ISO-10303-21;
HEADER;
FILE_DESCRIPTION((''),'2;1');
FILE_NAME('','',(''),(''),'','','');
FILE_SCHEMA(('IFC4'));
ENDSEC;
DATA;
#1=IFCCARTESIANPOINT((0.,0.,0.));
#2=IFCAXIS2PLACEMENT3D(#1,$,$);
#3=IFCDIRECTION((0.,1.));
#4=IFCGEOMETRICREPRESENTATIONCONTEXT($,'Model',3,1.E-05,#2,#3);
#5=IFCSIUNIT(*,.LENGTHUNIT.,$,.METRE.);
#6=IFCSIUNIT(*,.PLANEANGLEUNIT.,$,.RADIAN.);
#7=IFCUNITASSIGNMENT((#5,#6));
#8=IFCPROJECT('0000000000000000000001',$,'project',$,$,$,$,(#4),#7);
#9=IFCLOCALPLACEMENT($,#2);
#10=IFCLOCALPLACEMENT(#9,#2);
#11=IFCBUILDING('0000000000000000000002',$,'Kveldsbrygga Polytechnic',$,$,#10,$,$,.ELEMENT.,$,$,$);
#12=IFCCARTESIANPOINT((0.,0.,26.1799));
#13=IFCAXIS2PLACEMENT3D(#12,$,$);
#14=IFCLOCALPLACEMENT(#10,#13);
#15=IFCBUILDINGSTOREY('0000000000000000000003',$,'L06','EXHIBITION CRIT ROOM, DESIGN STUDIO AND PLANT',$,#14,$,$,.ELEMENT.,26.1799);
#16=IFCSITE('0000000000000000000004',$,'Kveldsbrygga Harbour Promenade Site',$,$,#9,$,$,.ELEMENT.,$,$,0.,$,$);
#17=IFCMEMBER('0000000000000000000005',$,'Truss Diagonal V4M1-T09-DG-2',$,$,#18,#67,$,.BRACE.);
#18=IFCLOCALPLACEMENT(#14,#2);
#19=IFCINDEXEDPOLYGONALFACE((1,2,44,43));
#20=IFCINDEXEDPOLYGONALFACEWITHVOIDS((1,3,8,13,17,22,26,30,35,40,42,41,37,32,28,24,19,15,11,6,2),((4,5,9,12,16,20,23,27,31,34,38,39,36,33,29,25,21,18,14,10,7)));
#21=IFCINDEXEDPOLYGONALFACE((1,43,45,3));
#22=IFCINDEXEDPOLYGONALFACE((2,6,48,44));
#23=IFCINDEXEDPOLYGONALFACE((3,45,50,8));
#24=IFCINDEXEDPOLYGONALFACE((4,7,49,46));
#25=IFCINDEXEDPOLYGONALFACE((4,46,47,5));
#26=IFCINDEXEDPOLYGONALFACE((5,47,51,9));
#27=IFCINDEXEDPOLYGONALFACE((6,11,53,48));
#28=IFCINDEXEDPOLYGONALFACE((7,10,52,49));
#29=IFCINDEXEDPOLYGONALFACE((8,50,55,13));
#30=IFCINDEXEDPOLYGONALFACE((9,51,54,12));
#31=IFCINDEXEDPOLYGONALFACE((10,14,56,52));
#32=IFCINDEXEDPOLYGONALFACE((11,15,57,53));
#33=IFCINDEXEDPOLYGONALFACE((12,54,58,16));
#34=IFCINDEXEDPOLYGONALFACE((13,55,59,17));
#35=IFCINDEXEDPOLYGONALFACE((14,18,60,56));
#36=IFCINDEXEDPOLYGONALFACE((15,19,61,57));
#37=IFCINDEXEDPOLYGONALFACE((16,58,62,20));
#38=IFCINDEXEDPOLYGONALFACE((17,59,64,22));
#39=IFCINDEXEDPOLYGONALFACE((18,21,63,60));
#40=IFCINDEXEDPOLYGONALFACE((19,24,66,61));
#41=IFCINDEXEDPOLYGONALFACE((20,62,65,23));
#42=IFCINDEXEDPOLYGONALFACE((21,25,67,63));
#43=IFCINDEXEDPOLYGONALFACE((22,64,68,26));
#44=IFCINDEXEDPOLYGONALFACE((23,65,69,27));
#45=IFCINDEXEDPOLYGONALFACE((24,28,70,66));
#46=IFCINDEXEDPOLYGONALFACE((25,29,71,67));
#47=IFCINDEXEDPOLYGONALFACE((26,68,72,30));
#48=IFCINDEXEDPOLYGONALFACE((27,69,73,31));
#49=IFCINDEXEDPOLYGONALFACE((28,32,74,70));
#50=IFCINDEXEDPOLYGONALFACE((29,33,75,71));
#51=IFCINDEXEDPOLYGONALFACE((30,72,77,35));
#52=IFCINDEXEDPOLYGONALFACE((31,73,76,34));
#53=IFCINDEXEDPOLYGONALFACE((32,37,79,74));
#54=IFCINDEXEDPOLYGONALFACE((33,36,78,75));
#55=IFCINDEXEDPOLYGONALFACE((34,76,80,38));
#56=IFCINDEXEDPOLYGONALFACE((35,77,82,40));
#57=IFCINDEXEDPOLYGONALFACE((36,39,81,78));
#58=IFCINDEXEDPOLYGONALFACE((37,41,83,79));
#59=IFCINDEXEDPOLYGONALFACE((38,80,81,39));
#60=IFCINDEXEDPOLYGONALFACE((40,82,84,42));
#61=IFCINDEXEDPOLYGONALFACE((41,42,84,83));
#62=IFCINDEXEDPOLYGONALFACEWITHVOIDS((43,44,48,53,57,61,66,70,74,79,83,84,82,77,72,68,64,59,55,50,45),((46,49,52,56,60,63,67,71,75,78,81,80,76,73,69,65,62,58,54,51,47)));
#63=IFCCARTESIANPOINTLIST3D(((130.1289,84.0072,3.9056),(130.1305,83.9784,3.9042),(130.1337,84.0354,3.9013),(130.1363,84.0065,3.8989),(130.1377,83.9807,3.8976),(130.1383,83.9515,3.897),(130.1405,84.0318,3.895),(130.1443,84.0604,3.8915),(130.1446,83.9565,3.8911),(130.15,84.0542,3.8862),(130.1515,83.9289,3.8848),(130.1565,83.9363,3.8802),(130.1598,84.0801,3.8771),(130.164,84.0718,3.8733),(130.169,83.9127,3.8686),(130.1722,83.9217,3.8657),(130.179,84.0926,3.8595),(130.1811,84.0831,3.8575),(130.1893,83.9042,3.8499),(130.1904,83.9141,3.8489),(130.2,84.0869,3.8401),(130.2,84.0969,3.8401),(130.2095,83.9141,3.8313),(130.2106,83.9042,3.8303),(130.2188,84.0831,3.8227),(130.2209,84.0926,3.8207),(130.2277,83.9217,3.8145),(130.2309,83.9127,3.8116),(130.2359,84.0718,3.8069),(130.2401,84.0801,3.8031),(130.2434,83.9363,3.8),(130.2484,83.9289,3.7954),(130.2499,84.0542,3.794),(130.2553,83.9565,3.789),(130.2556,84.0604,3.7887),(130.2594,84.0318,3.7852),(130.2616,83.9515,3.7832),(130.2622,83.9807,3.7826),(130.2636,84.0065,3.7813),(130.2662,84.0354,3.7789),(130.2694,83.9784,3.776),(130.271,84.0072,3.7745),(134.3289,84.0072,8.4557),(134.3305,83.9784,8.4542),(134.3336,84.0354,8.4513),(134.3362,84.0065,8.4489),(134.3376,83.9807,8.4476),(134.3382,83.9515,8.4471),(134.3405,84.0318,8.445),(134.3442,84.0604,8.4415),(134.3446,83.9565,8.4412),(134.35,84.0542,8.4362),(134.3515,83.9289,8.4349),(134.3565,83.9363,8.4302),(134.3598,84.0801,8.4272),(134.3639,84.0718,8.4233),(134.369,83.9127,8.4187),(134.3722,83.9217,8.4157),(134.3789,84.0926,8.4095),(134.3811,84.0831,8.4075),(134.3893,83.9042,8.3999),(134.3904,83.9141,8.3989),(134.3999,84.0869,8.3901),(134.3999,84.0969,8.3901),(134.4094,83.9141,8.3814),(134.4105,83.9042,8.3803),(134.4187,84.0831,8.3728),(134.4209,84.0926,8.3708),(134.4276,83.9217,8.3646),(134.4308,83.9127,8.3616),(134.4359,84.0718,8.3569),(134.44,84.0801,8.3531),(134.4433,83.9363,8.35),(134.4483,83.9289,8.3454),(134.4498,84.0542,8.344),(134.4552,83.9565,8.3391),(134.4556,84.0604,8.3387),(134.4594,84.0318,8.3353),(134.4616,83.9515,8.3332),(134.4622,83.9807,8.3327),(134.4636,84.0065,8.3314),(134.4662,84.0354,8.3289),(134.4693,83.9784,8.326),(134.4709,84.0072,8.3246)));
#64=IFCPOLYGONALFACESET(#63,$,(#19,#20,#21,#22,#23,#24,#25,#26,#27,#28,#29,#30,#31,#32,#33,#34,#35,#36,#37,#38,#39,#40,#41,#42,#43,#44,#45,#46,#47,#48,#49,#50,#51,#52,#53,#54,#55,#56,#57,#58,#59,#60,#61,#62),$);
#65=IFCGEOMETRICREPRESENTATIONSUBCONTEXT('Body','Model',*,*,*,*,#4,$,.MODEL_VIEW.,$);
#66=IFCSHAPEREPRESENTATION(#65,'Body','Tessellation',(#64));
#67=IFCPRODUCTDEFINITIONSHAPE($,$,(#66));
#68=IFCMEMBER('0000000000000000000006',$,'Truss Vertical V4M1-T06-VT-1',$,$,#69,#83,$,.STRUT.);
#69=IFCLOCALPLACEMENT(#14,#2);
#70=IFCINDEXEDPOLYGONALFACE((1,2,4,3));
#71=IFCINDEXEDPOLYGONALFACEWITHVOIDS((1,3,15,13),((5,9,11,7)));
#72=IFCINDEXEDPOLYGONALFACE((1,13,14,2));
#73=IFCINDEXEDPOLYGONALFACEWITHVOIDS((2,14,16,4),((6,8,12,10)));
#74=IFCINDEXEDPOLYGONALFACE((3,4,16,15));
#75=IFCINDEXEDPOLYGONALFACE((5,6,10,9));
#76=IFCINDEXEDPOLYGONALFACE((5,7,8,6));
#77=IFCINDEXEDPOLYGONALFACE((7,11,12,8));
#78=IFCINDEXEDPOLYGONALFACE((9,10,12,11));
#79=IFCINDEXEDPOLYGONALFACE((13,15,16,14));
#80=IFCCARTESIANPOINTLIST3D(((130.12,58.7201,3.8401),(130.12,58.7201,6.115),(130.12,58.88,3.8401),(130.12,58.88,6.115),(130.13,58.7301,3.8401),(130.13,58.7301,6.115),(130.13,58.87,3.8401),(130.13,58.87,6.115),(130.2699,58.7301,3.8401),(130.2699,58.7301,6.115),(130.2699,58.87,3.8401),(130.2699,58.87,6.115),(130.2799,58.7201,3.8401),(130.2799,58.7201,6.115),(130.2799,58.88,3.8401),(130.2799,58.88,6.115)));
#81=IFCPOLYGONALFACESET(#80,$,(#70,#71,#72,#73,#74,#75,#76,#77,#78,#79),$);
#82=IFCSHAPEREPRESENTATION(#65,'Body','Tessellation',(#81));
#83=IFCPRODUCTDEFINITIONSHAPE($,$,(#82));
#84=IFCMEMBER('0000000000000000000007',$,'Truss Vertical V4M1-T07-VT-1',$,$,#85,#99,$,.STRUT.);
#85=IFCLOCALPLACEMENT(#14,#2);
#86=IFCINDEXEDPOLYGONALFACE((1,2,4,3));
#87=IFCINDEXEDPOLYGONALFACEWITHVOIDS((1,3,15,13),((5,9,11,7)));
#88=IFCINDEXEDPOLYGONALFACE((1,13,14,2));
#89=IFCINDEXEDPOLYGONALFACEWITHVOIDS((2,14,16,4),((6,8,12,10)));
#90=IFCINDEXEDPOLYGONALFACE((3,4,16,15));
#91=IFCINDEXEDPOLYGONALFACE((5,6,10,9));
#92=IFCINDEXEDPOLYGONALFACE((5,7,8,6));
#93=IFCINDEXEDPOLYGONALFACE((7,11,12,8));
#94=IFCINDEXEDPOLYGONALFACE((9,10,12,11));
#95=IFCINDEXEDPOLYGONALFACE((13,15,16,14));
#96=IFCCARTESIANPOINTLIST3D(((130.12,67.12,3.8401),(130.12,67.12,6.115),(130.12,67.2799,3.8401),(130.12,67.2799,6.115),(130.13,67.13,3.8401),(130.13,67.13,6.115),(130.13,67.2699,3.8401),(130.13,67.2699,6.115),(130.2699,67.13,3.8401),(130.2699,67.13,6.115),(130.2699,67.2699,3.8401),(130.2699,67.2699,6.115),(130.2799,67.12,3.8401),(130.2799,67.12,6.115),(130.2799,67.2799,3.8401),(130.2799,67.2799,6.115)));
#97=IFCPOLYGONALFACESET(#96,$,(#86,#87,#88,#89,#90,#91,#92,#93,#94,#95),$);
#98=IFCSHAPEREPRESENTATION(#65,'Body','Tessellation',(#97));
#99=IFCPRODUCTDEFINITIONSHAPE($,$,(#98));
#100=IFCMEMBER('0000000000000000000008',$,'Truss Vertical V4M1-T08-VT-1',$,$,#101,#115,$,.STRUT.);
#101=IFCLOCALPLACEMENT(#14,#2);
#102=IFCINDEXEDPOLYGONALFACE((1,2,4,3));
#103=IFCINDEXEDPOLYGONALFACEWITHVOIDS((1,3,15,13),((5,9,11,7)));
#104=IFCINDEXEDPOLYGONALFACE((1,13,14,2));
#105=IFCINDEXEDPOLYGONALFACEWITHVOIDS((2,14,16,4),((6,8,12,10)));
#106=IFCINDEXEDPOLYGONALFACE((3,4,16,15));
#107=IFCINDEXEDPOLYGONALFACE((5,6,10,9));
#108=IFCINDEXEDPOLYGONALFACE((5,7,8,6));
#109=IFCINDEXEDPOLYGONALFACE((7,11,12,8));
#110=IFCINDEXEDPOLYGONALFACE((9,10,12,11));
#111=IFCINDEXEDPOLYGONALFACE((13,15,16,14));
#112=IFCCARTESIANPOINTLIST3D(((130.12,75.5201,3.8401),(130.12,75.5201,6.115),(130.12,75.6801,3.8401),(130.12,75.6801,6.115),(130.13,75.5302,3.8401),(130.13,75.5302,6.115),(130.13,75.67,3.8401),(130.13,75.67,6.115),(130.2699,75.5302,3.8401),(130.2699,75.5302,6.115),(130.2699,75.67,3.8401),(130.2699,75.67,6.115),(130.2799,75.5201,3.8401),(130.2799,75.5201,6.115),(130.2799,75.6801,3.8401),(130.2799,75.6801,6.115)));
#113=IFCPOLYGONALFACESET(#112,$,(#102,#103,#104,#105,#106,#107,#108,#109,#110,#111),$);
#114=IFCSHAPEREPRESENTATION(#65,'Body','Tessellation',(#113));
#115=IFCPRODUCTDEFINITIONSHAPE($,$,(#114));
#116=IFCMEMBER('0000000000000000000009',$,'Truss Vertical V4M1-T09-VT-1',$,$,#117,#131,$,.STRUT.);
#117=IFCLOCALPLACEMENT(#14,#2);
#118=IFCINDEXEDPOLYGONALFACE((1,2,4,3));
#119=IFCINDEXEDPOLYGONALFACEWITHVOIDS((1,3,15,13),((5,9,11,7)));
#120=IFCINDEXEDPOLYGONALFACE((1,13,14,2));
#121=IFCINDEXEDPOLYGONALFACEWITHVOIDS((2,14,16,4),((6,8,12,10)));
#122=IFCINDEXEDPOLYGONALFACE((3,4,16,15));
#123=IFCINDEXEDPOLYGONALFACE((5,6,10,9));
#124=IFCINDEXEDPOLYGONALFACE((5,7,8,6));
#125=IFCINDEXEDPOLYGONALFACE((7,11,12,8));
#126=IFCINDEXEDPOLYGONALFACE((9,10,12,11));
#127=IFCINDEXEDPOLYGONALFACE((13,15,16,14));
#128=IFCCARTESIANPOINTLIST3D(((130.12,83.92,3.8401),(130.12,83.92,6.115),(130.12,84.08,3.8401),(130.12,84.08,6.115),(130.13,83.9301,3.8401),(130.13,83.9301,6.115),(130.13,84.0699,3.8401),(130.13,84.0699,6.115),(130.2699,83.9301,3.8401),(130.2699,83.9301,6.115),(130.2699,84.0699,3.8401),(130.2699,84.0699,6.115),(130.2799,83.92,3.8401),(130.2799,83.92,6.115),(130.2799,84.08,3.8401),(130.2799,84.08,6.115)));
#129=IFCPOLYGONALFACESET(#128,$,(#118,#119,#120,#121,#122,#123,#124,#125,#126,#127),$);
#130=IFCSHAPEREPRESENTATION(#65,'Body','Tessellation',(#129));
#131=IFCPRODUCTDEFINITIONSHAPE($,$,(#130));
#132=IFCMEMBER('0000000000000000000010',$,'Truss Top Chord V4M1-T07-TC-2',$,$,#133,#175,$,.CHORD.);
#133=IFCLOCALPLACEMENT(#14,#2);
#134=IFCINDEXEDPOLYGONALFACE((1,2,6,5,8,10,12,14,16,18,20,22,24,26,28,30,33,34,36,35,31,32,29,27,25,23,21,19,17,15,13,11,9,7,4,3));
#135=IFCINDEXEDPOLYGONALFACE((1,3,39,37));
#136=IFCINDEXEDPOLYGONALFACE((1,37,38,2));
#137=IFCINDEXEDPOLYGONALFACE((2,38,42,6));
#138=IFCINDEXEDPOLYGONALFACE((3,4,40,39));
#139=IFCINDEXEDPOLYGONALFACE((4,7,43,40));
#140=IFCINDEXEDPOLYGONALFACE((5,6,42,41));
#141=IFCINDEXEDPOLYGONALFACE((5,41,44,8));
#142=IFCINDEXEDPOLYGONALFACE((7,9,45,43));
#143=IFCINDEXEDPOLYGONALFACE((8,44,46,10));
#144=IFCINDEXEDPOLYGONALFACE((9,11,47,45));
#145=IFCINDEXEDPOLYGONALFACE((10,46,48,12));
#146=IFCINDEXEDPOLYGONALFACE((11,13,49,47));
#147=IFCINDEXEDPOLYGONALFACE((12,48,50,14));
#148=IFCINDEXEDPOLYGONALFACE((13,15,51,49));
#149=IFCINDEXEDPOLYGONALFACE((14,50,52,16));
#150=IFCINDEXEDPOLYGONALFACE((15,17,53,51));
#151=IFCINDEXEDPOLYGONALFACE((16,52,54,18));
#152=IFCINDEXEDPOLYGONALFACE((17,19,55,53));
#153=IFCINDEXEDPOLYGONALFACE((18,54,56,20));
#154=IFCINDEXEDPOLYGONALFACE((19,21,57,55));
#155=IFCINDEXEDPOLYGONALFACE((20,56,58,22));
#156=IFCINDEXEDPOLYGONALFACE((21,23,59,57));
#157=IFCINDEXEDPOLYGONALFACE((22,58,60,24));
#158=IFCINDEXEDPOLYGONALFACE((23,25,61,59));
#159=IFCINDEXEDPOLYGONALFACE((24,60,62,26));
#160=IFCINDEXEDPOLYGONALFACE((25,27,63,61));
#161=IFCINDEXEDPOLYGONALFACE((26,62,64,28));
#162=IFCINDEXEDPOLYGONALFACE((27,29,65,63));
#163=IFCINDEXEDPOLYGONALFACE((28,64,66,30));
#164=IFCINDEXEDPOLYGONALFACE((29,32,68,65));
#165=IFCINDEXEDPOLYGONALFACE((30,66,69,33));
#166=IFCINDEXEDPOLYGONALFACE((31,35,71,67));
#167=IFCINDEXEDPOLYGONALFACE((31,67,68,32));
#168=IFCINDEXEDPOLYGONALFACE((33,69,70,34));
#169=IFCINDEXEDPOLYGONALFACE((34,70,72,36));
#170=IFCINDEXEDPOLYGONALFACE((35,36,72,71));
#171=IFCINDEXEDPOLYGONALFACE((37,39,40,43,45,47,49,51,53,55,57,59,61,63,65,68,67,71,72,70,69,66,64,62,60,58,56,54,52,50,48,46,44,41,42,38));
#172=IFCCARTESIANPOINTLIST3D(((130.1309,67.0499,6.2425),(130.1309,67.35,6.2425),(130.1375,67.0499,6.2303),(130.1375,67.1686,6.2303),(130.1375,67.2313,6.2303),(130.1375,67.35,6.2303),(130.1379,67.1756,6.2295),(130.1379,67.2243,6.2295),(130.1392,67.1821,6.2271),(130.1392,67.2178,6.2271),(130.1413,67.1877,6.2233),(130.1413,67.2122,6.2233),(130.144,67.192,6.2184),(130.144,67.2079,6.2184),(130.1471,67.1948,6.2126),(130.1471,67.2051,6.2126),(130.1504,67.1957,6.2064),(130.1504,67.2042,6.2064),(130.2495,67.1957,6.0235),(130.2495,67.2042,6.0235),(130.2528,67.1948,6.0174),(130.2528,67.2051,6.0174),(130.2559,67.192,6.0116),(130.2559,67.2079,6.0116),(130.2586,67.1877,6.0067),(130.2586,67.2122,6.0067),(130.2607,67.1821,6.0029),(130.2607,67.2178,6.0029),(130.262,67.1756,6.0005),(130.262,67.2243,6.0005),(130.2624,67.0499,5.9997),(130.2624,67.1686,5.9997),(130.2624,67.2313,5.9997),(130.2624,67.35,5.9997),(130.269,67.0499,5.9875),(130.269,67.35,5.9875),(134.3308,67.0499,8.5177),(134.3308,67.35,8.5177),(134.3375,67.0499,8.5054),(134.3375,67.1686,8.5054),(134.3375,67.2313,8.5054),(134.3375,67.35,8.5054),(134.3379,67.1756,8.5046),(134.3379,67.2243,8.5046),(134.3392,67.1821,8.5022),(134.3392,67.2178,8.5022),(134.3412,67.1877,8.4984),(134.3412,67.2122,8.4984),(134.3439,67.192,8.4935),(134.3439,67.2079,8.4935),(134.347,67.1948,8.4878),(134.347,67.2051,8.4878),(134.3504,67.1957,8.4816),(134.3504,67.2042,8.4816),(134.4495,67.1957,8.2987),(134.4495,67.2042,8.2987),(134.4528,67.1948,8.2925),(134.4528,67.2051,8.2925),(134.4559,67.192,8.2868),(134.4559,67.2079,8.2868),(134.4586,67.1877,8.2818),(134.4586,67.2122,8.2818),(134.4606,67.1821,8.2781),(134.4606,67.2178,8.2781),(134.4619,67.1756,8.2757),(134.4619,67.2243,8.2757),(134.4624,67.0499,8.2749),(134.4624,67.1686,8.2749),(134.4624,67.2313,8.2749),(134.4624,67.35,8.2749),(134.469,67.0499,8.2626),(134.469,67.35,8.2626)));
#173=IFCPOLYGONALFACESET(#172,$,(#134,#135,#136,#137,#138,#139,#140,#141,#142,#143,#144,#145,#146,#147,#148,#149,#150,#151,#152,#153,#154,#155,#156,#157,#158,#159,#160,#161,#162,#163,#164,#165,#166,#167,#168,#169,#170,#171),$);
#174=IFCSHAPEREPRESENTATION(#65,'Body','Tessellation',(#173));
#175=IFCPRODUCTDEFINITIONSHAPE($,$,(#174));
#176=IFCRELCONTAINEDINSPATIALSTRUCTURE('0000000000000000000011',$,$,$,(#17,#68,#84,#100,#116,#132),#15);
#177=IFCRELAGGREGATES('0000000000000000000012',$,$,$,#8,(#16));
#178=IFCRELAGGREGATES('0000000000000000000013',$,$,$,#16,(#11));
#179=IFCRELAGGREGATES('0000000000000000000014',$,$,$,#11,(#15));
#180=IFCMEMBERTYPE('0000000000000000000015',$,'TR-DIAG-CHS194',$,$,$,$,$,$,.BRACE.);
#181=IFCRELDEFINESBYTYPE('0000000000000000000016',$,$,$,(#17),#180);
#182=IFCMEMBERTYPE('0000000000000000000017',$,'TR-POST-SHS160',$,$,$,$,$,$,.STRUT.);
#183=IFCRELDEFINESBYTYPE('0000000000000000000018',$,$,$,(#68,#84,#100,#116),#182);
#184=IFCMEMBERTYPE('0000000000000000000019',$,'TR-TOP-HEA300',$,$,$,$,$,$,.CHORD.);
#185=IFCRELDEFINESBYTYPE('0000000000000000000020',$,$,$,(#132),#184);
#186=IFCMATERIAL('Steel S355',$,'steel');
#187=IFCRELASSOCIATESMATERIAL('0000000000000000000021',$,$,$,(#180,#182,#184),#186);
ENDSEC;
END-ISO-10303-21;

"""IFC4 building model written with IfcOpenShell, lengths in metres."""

from ifc_helpers import new_model, si_unit, direction, frame, origin, origin_2d, place, context, subcontext, project, spatial, hollow_rectangle, hollow_circle, i_section, extrude, material, material_profile, profile_set, type_object, element, save


model = new_model("IFC4")

# Units and contexts
model_context = context("Model", 3, precision=1e-05, world=origin(), true_north=direction((0.0, 1.0)))
body_context = subcontext(model_context, "Body", "Model", "MODEL_VIEW")
ifc_project = project(units=[si_unit("LENGTHUNIT", "METRE"), si_unit("PLANEANGLEUNIT", "RADIAN")], contexts=[model_context])

# Site, building, storey
site_placement = place(None, origin())
site = spatial("IfcSite", under=ifc_project, at=site_placement, Name="Kveldsbrygga Harbour Promenade Site", CompositionType="ELEMENT", RefElevation=0.0)
building_placement = place(site_placement, origin())
building = spatial("IfcBuilding", under=site, at=building_placement, Name="Kveldsbrygga Polytechnic", CompositionType="ELEMENT")
storey_placement = place(building_placement, frame((0.0, 0.0, 26.1799)))
storey = spatial("IfcBuildingStorey", under=building, at=storey_placement, Name="L06", Description="EXHIBITION CRIT ROOM, DESIGN STUDIO AND PLANT", CompositionType="ELEMENT", Elevation=26.1799)

# Members
ifc_material_1 = material(Name="Steel S355", Category="steel")
ifc_material_profile_1 = material_profile(ifc_material_1, hollow_circle(Radius=0.0969, WallThickness=0.01, at=origin_2d()), Name="CHS 193.7x10.0")
ifc_profile_set_1 = profile_set([ifc_material_profile_1], Name="Steel S355")
member_type_1 = type_object("IfcMemberType", Name="TR-DIAG-CHS194", PredefinedType="BRACE", material=ifc_profile_set_1)
for number, where, z_axis, x_axis, name in (
    (1, (130.2, 84.0, 3.8401), (0.678272, 0.0, 0.734811), (0.0, 1.0, 0.0), "Truss Diagonal V4M1-T09-DG-2"),
):
    element("IfcMember", number, at=place(storey_placement, frame(where, z_axis=z_axis, x_axis=x_axis)), inside=storey, type_object=member_type_1, Name=name, PredefinedType="BRACE", context=body_context, shape_type="SweptSolid", body=[
        extrude(hollow_circle(Radius=0.0969, WallThickness=0.01, at=origin_2d()), origin(), (0.0, 0.0, 1.0), 6.1921),
    ])
ifc_material_profile_2 = material_profile(ifc_material_1, hollow_rectangle(XDim=0.1599, YDim=0.1599, WallThickness=0.01, at=origin_2d()), Name="SHS 160x160x10.0")
ifc_profile_set_2 = profile_set([ifc_material_profile_2], Name="Steel S355")
member_type_2 = type_object("IfcMemberType", Name="TR-POST-SHS160", PredefinedType="STRUT", material=ifc_profile_set_2)
for number, where, z_axis, x_axis, name in (
    (2, (130.2, 58.8, 3.8401), (0.0, 0.0, 1.0), (1.0, 0.0, 0.0), "Truss Vertical V4M1-T06-VT-1"),
    (3, (130.2, 67.2, 3.8401), (0.0, 0.0, 1.0), (1.0, 0.0, 0.0), "Truss Vertical V4M1-T07-VT-1"),
    (4, (130.2, 75.6001, 3.8401), (0.0, 0.0, 1.0), (1.0, 0.0, 0.0), "Truss Vertical V4M1-T08-VT-1"),
    (5, (130.2, 84.0, 3.8401), (0.0, 0.0, 1.0), (1.0, 0.0, 0.0), "Truss Vertical V4M1-T09-VT-1"),
):
    element("IfcMember", number, at=place(storey_placement, frame(where, z_axis=z_axis, x_axis=x_axis)), inside=storey, type_object=member_type_2, Name=name, PredefinedType="STRUT", context=body_context, shape_type="SweptSolid", body=[
        extrude(hollow_rectangle(XDim=0.1599, YDim=0.1599, WallThickness=0.01, at=origin_2d()), origin(), (0.0, 0.0, 1.0), 2.2749),
    ])
ifc_material_profile_3 = material_profile(ifc_material_1, i_section(OverallWidth=0.3, OverallDepth=0.29, WebThickness=0.0085, FlangeThickness=0.0139, FilletRadius=0.0271, at=origin_2d()), Name="HEA 300")
ifc_profile_set_3 = profile_set([ifc_material_profile_3], Name="Steel S355")
member_type_3 = type_object("IfcMemberType", Name="TR-TOP-HEA300", PredefinedType="CHORD", material=ifc_profile_set_3)
for number, where, z_axis, x_axis, name in (
    (6, (130.2, 67.2, 6.115), (0.879277, 0.0, 0.476311), (0.0, 1.0, 0.0), "Truss Top Chord V4M1-T07-TC-2"),
):
    element("IfcMember", number, at=place(storey_placement, frame(where, z_axis=z_axis, x_axis=x_axis)), inside=storey, type_object=member_type_3, Name=name, PredefinedType="CHORD", context=body_context, shape_type="SweptSolid", body=[
        extrude(i_section(OverallWidth=0.3, OverallDepth=0.29, WebThickness=0.0085, FlangeThickness=0.0139, FilletRadius=0.0271, at=origin_2d()), origin(), (0.0, 0.0, 1.0), 4.7766),
    ])

save(model, "model.ifc")
